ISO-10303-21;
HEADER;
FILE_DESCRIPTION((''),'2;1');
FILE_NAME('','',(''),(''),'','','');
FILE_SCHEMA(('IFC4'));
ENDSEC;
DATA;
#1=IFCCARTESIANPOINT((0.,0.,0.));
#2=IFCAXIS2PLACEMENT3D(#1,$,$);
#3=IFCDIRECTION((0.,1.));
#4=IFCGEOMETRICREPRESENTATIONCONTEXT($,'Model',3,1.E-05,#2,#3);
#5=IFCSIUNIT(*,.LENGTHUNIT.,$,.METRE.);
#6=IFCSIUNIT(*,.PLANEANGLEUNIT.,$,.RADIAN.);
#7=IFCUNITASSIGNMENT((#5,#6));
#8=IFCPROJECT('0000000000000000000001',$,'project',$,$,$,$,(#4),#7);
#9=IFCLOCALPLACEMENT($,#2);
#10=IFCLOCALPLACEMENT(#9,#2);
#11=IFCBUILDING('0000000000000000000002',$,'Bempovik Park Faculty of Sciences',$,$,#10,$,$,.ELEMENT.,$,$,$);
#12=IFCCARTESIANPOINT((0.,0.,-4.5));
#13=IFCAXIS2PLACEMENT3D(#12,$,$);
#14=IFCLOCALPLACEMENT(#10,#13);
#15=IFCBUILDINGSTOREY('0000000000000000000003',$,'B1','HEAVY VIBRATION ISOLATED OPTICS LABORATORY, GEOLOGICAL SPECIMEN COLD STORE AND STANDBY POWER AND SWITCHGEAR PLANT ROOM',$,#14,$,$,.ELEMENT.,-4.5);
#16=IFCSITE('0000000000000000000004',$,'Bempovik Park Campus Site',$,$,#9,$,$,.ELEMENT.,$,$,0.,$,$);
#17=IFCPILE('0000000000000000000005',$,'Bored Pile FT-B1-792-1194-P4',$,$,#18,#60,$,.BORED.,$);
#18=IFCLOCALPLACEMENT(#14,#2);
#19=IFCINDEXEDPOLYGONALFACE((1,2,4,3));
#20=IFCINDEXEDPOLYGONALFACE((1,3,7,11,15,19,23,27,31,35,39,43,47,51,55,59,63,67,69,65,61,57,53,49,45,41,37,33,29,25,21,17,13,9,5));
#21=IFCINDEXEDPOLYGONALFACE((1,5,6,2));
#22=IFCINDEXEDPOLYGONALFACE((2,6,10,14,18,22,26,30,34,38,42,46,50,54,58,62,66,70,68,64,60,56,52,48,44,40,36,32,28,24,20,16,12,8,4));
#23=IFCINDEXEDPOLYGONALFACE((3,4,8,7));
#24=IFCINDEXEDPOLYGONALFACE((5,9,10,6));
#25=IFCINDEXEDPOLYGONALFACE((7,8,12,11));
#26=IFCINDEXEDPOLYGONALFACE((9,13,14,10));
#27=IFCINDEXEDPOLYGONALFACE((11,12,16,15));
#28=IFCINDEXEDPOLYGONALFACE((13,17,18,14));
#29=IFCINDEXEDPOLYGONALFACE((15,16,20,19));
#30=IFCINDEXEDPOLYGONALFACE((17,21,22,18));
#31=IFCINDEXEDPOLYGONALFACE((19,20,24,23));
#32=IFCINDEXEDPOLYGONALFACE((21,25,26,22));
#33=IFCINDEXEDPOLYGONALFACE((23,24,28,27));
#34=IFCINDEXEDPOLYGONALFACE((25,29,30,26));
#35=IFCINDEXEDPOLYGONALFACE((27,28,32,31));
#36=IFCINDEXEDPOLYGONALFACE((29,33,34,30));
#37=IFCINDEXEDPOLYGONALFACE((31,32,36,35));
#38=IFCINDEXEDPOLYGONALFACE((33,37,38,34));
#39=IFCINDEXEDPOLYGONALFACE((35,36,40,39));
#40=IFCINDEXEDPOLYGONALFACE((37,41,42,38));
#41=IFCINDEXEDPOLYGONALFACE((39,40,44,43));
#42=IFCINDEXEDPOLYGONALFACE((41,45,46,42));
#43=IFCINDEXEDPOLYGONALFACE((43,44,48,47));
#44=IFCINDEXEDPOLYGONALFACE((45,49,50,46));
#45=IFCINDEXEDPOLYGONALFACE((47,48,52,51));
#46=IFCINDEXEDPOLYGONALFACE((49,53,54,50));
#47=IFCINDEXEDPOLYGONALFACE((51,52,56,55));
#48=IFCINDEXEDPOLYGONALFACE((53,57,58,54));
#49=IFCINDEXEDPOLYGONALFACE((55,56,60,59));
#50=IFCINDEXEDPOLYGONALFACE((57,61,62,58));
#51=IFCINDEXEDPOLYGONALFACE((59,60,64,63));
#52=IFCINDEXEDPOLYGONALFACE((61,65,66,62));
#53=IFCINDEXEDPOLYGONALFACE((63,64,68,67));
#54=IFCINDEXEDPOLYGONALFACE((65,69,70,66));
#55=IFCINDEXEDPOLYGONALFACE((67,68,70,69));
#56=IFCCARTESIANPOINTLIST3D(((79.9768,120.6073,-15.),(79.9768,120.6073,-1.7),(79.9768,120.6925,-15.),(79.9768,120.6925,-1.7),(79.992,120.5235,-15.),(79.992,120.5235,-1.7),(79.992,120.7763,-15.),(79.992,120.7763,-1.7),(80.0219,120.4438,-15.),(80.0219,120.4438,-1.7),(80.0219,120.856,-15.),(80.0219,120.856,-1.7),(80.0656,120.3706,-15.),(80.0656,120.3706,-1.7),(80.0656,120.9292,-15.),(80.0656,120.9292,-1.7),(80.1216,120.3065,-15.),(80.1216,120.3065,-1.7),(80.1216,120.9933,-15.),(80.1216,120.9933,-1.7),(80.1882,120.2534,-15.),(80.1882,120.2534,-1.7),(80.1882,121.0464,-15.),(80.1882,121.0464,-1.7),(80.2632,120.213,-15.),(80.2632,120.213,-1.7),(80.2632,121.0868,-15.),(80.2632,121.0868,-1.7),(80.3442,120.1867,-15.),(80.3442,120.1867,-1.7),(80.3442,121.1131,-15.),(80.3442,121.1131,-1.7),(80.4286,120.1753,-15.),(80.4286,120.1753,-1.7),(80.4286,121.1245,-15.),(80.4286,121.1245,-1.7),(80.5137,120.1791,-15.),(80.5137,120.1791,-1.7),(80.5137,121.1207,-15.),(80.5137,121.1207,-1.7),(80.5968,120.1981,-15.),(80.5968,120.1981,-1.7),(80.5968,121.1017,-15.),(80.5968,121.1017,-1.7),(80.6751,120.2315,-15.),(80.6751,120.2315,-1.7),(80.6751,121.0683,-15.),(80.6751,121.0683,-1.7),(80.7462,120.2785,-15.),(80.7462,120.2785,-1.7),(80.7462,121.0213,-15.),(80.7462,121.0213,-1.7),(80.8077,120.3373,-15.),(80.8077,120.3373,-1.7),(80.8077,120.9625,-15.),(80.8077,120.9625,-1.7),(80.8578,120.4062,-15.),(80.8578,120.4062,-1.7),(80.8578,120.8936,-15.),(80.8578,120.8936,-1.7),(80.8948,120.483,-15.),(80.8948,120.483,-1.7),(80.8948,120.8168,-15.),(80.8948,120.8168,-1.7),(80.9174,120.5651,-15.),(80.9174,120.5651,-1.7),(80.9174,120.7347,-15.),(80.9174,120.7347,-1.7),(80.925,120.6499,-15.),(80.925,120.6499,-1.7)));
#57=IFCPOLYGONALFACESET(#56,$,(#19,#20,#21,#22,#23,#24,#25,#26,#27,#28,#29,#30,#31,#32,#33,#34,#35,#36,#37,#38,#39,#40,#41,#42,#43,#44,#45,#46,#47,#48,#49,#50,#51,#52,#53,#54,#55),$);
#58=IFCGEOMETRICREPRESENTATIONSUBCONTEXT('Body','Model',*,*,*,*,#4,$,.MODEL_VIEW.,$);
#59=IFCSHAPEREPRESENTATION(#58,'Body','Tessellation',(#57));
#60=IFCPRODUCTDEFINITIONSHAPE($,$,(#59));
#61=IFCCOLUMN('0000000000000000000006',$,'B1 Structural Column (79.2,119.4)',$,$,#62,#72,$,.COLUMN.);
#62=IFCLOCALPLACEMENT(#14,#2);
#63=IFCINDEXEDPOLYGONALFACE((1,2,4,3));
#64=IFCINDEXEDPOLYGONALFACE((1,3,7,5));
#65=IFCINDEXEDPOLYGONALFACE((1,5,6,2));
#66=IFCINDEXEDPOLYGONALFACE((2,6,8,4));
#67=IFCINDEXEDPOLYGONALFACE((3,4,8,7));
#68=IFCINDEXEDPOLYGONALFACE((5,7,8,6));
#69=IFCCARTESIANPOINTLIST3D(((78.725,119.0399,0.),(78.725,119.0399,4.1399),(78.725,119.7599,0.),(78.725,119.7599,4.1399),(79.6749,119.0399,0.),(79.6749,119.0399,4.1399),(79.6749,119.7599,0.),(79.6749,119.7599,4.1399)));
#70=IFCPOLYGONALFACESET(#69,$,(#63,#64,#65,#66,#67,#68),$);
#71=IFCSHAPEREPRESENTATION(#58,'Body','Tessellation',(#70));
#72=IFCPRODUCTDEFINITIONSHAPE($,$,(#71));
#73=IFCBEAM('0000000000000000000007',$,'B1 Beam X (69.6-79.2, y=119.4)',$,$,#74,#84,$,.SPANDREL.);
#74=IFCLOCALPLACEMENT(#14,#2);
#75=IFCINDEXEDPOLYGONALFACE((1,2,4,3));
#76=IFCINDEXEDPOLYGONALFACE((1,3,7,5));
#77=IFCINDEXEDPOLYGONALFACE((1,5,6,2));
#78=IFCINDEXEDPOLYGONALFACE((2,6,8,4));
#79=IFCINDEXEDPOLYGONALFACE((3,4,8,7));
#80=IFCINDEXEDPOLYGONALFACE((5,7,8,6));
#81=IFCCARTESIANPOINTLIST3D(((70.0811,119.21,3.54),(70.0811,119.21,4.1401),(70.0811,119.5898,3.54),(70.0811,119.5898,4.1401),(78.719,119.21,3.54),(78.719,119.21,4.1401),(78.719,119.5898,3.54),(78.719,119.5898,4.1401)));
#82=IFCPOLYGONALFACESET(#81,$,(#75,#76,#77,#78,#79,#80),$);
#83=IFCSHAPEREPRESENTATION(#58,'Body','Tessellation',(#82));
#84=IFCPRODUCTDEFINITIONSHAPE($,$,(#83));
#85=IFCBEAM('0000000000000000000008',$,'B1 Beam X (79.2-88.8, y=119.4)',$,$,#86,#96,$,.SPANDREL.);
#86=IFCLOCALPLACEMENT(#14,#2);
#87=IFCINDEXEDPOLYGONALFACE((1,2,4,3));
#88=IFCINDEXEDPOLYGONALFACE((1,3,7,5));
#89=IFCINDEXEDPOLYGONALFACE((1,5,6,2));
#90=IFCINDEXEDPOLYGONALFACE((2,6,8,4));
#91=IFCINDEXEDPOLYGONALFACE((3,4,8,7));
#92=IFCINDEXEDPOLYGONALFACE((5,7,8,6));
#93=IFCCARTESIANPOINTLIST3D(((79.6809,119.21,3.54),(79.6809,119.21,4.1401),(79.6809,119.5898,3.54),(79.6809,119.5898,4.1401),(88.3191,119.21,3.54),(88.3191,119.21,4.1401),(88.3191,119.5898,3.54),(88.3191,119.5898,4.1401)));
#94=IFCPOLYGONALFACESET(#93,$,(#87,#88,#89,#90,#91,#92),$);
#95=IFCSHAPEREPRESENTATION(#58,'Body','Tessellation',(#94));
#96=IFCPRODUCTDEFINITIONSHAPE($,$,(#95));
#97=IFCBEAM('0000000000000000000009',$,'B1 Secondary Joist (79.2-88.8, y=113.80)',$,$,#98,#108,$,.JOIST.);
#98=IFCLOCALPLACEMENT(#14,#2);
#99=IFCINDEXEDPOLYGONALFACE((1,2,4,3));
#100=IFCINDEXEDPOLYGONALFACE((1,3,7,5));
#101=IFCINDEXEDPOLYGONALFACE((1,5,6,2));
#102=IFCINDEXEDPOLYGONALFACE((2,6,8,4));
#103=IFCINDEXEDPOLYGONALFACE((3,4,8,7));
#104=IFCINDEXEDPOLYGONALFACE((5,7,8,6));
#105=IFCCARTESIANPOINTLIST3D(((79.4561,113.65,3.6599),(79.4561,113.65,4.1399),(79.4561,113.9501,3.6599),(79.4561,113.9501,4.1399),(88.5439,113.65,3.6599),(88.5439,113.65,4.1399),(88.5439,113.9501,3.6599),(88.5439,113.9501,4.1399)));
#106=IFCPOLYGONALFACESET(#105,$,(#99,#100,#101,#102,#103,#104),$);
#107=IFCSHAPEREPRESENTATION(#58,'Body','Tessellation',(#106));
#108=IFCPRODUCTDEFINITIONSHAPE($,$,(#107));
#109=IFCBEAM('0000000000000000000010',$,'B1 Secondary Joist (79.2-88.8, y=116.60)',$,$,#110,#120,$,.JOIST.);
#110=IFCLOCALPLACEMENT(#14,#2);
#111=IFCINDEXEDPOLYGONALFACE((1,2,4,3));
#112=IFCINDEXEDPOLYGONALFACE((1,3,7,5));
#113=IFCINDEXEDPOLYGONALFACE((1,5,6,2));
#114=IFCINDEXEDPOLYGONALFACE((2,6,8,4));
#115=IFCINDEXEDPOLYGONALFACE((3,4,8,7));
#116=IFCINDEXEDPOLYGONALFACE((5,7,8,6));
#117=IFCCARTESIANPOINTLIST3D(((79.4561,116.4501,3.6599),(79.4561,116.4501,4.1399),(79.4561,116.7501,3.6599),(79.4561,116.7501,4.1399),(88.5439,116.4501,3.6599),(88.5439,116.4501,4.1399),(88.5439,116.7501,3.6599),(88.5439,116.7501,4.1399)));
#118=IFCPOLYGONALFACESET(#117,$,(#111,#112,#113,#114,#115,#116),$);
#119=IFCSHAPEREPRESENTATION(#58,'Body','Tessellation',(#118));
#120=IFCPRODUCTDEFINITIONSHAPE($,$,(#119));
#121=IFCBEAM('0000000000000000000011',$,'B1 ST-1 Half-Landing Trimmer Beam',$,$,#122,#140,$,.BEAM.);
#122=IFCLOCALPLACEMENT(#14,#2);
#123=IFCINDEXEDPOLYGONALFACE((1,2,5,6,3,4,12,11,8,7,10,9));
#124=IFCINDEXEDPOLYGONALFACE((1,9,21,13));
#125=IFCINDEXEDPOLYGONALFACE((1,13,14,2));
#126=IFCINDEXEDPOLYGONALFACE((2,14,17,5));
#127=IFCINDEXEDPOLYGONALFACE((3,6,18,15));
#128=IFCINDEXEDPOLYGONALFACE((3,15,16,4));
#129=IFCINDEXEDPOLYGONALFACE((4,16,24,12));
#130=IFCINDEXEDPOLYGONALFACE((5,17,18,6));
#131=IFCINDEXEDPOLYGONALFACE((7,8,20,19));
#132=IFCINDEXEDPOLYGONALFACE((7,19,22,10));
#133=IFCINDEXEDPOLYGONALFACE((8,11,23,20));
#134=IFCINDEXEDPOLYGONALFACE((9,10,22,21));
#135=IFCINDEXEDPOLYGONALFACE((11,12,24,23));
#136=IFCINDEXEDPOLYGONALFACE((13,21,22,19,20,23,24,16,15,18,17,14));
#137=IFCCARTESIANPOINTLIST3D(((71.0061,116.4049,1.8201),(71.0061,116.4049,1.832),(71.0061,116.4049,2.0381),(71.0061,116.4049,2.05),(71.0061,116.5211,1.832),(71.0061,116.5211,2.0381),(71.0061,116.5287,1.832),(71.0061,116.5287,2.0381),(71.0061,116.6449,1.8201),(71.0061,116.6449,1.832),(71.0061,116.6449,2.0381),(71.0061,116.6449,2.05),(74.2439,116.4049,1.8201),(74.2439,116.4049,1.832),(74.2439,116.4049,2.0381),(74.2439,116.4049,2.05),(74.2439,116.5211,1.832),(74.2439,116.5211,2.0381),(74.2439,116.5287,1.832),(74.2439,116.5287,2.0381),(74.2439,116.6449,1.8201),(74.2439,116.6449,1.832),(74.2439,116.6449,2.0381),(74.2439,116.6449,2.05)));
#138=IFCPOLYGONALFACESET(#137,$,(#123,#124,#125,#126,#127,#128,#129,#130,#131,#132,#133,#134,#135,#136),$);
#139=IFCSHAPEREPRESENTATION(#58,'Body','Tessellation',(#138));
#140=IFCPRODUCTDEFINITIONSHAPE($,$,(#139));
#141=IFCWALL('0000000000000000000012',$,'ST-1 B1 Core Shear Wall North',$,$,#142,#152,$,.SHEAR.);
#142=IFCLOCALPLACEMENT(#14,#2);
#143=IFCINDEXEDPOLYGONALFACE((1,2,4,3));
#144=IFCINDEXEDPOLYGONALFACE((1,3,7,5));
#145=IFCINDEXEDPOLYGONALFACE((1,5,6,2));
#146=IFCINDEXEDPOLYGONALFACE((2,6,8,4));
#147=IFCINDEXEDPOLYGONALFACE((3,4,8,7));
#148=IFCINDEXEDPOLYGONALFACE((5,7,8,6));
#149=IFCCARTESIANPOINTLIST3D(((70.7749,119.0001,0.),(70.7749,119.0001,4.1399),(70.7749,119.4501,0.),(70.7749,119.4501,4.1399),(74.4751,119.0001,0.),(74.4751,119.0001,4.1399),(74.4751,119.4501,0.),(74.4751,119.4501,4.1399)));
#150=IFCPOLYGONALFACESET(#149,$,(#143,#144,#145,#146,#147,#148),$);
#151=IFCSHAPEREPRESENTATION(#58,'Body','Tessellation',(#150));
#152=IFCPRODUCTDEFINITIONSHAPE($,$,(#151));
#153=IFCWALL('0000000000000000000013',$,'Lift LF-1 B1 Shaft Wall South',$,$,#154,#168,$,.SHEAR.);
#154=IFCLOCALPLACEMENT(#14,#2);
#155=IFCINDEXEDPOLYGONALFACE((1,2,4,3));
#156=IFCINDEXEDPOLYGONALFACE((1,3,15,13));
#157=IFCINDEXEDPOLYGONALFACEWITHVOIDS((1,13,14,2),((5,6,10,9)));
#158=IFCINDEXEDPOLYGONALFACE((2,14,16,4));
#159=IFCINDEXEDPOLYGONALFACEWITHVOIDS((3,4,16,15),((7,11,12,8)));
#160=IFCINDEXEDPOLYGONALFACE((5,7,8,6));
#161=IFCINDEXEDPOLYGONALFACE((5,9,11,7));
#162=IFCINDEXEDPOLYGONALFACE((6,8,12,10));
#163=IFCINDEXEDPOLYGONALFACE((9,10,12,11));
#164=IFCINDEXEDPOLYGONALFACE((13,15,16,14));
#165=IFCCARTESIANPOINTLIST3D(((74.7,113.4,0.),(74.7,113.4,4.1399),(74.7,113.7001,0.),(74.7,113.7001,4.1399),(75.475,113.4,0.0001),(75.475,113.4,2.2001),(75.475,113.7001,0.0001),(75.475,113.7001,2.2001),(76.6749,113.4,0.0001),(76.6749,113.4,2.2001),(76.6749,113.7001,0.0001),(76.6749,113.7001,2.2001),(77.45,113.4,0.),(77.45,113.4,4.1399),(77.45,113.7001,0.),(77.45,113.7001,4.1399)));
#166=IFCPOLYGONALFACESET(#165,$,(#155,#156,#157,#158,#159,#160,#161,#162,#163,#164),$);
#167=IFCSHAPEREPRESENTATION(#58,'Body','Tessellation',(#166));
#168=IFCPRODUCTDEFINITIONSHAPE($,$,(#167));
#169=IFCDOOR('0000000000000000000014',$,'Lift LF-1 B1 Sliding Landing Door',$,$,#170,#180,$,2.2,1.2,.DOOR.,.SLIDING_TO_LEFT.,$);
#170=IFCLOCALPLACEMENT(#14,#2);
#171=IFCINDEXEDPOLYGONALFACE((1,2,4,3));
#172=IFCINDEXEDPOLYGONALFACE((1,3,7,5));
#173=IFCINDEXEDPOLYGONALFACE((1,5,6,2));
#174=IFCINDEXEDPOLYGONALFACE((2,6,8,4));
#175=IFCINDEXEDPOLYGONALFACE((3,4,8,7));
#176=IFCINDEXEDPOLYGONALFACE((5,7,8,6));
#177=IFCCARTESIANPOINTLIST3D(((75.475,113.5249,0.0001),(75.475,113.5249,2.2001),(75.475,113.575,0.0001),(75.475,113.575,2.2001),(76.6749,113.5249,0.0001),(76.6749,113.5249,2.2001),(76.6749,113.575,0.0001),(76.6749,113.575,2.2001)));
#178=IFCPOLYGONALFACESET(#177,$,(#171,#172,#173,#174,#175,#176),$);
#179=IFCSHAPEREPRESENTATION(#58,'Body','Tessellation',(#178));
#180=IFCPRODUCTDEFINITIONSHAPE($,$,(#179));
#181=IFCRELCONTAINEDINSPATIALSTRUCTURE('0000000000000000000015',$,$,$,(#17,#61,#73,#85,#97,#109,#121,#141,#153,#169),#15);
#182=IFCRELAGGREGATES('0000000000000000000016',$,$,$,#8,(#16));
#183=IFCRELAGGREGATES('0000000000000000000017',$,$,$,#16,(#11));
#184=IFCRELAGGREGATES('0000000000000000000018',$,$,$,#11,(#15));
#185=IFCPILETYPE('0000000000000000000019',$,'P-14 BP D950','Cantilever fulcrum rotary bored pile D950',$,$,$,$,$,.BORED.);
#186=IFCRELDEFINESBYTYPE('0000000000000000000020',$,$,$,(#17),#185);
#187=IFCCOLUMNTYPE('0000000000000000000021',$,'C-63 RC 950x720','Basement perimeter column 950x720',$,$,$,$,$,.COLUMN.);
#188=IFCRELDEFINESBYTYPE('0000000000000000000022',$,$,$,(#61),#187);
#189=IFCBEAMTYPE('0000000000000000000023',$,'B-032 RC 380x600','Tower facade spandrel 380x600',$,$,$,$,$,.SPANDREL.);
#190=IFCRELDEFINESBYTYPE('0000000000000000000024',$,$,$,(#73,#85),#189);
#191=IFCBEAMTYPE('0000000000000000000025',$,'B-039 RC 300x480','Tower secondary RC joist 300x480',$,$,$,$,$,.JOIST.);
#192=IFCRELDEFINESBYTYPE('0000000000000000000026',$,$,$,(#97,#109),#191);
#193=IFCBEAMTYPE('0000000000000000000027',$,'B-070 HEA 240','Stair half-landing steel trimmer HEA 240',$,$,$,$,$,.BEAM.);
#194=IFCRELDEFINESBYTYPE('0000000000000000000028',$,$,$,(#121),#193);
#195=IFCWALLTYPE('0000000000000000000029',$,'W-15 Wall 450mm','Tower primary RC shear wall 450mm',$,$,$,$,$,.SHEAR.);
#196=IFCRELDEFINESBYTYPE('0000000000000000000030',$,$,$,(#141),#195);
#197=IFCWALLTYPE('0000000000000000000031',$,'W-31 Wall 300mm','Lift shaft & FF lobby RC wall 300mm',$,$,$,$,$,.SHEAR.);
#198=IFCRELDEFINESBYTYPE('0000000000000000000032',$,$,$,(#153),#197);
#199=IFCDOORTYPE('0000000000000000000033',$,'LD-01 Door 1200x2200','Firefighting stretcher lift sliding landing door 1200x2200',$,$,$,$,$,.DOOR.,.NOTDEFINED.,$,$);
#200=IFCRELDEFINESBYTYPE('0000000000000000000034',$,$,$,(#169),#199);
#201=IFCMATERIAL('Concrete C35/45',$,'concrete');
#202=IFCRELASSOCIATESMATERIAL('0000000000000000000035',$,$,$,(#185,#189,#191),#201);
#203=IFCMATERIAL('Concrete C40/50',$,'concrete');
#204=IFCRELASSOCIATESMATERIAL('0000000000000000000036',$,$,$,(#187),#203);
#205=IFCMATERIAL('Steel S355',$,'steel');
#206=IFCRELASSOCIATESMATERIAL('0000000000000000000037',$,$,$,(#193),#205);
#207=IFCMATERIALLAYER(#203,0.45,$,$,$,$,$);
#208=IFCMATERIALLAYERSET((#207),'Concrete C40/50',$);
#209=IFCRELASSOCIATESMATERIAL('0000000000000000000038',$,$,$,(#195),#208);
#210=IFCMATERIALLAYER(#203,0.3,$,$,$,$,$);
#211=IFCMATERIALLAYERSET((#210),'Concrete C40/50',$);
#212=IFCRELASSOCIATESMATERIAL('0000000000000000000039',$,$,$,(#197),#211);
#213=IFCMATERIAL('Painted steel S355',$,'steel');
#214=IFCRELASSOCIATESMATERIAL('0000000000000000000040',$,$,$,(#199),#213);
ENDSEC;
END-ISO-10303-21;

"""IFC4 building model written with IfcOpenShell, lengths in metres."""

from ifc_helpers import new_model, si_unit, direction, frame, frame_2d, origin, origin_2d, place, context, subcontext, project, spatial, rectangle, circle, i_section, extrude, material, layer, layer_set, material_profile, profile_set, type_object, element, fill, save


model = new_model("IFC4")

# Units and contexts
model_context = context("Model", 3, precision=1e-05, world=origin(), true_north=direction((0.0, 1.0)))
body_context = subcontext(model_context, "Body", "Model", "MODEL_VIEW")
ifc_project = project(units=[si_unit("LENGTHUNIT", "METRE"), si_unit("PLANEANGLEUNIT", "RADIAN")], contexts=[model_context])

# Site, building, storey
site_placement = place(None, origin())
site = spatial("IfcSite", under=ifc_project, at=site_placement, Name="Bempovik Park Campus Site", CompositionType="ELEMENT", RefElevation=0.0)
building_placement = place(site_placement, origin())
building = spatial("IfcBuilding", under=site, at=building_placement, Name="Bempovik Park Faculty of Sciences", CompositionType="ELEMENT")
storey_placement = place(building_placement, frame((0.0, 0.0, -4.5)))
storey = spatial("IfcBuildingStorey", under=building, at=storey_placement, Name="B1", Description="HEAVY VIBRATION ISOLATED OPTICS LABORATORY, GEOLOGICAL SPECIMEN COLD STORE AND STANDBY POWER AND SWITCHGEAR PLANT ROOM", CompositionType="ELEMENT", Elevation=-4.5)

# Shared definitions
ifc_material_1 = material(Name="Concrete C35/45", Category="concrete")

# Pile
ifc_material_profile_1 = material_profile(ifc_material_1, circle(Radius=0.4751, at=origin_2d()), Name="BP D950")
ifc_profile_set_1 = profile_set([ifc_material_profile_1], Name="Concrete C35/45")
pile_type_1 = type_object("IfcPileType", Name="P-14 BP D950", Description="Cantilever fulcrum rotary bored pile D950", PredefinedType="BORED", material=ifc_profile_set_1)
for number, where, z_axis, x_axis, name in (
    (1, (80.45, 120.6499, -1.7), (0.0, 0.0, -1.0), (1.0, 0.0, 0.0), "Bored Pile FT-B1-792-1194-P4"),
):
    element("IfcPile", number, at=place(storey_placement, frame(where, z_axis=z_axis, x_axis=x_axis)), inside=storey, type_object=pile_type_1, Name=name, PredefinedType="BORED", context=body_context, shape_type="SweptSolid", body=[
        extrude(circle(Radius=0.4751, at=origin_2d()), origin(), (0.0, 0.0, 1.0), 13.3),
    ])

# Column
ifc_material_2 = material(Name="Concrete C40/50", Category="concrete")
ifc_material_profile_2 = material_profile(ifc_material_2, rectangle(XDim=0.95, YDim=0.72, at=origin_2d()), Name="RC 950x720")
ifc_profile_set_2 = profile_set([ifc_material_profile_2], Name="Concrete C40/50")
column_type = type_object("IfcColumnType", Name="C-63 RC 950x720", Description="Basement perimeter column 950x720", PredefinedType="COLUMN", material=ifc_profile_set_2)
column_placement = place(storey_placement, frame((79.2, 119.3999, 0.0), z_axis=(0.0, 0.0, 1.0), x_axis=(1.0, 0.0, 0.0)))
element("IfcColumn", 2, at=column_placement, inside=storey, type_object=column_type, Name="B1 Structural Column (79.2,119.4)", PredefinedType="COLUMN", context=body_context, shape_type="SweptSolid", body=[
    extrude(rectangle(XDim=0.95, YDim=0.72, at=origin_2d()), origin(), (0.0, 0.0, 1.0), 4.1399),
])

# Beams
ifc_material_profile_3 = material_profile(ifc_material_1, rectangle(XDim=0.3799, YDim=0.6001, at=origin_2d()), Name="RC 380x600")
ifc_profile_set_3 = profile_set([ifc_material_profile_3], Name="Concrete C35/45")
beam_type_1 = type_object("IfcBeamType", Name="B-032 RC 380x600", Description="Tower facade spandrel 380x600", PredefinedType="SPANDREL", material=ifc_profile_set_3)
beam_1_placement = place(storey_placement, frame((70.0811, 119.3999, 3.8401), z_axis=(1.0, 0.0, 0.0), x_axis=(0.0, 1.0, 0.0)))
element("IfcBeam", 3, at=beam_1_placement, inside=storey, type_object=beam_type_1, Name="B1 Beam X (69.6-79.2, y=119.4)", PredefinedType="SPANDREL", context=body_context, shape_type="SweptSolid", body=[
    extrude(rectangle(XDim=0.3799, YDim=0.6001, at=origin_2d()), origin(), (0.0, 0.0, 1.0), 8.6379),
])
beam_2_placement = place(storey_placement, frame((79.6809, 119.3999, 3.8401), z_axis=(1.0, 0.0, 0.0), x_axis=(0.0, 1.0, 0.0)))
element("IfcBeam", 4, at=beam_2_placement, inside=storey, type_object=beam_type_1, Name="B1 Beam X (79.2-88.8, y=119.4)", PredefinedType="SPANDREL", context=body_context, shape_type="SweptSolid", body=[
    extrude(rectangle(XDim=0.3799, YDim=0.6001, at=origin_2d()), origin(), (0.0, 0.0, 1.0), 8.6382),
])
ifc_material_profile_4 = material_profile(ifc_material_1, rectangle(XDim=0.3, YDim=0.48, at=origin_2d()), Name="RC 300x480")
ifc_profile_set_4 = profile_set([ifc_material_profile_4], Name="Concrete C35/45")
beam_type_2 = type_object("IfcBeamType", Name="B-039 RC 300x480", Description="Tower secondary RC joist 300x480", PredefinedType="JOIST", material=ifc_profile_set_4)
for number, where, z_axis, x_axis, name in (
    (5, (79.4561, 113.8, 3.8999), (1.0, 0.0, 0.0), (0.0, 1.0, 0.0), "B1 Secondary Joist (79.2-88.8, y=113.80)"),
    (6, (79.4561, 116.6001, 3.8999), (1.0, 0.0, 0.0), (0.0, 1.0, 0.0), "B1 Secondary Joist (79.2-88.8, y=116.60)"),
):
    element("IfcBeam", number, at=place(storey_placement, frame(where, z_axis=z_axis, x_axis=x_axis)), inside=storey, type_object=beam_type_2, Name=name, PredefinedType="JOIST", context=body_context, shape_type="SweptSolid", body=[
        extrude(rectangle(XDim=0.3, YDim=0.48, at=origin_2d()), origin(), (0.0, 0.0, 1.0), 9.0879),
    ])
ifc_material_3 = material(Name="Steel S355", Category="steel")
ifc_material_profile_5 = material_profile(ifc_material_3, i_section(OverallWidth=0.24, OverallDepth=0.23, WebThickness=0.0076, FlangeThickness=0.012, at=origin_2d()), Name="HEA 240")
ifc_profile_set_5 = profile_set([ifc_material_profile_5], Name="Steel S355")
beam_type_3 = type_object("IfcBeamType", Name="B-070 HEA 240", Description="Stair half-landing steel trimmer HEA 240", PredefinedType="BEAM", material=ifc_profile_set_5)
beam_3_placement = place(storey_placement, frame((71.0061, 116.5249, 1.9351), z_axis=(1.0, 0.0, 0.0), x_axis=(0.0, 1.0, 0.0)))
element("IfcBeam", 7, at=beam_3_placement, inside=storey, type_object=beam_type_3, Name="B1 ST-1 Half-Landing Trimmer Beam", PredefinedType="BEAM", context=body_context, shape_type="SweptSolid", body=[
    extrude(i_section(OverallWidth=0.24, OverallDepth=0.23, WebThickness=0.0076, FlangeThickness=0.012, at=origin_2d()), origin(), (0.0, 0.0, 1.0), 3.2378),
])

# Wall
ifc_layer_1 = layer(ifc_material_2, 0.45)
ifc_layer_set_1 = layer_set([ifc_layer_1], Name="Concrete C40/50")
wall_type_1 = type_object("IfcWallType", Name="W-15 Wall 450mm", Description="Tower primary RC shear wall 450mm", PredefinedType="SHEAR", material=ifc_layer_set_1)
wall_1_placement = place(storey_placement, frame((70.7749, 119.2251, 0.0), z_axis=(0.0, 0.0, 1.0), x_axis=(1.0, 0.0, 0.0)))
element("IfcWall", 8, at=wall_1_placement, inside=storey, type_object=wall_type_1, Name="ST-1 B1 Core Shear Wall North", PredefinedType="SHEAR", context=body_context, shape_type="SweptSolid", body=[
    extrude(rectangle(XDim=3.7002, YDim=0.45, at=frame_2d((1.8501, 0.0))), origin(), (0.0, 0.0, 1.0), 4.1399),
])

# Wall, opening, door
ifc_layer_2 = layer(ifc_material_2, 0.3)
ifc_layer_set_2 = layer_set([ifc_layer_2], Name="Concrete C40/50")
wall_type_2 = type_object("IfcWallType", Name="W-31 Wall 300mm", Description="Lift shaft & FF lobby RC wall 300mm", PredefinedType="SHEAR", material=ifc_layer_set_2)
wall_2_placement = place(storey_placement, frame((74.7, 113.55, 0.0), z_axis=(0.0, 0.0, 1.0), x_axis=(1.0, 0.0, 0.0)))
wall_2 = element("IfcWall", 9, at=wall_2_placement, inside=storey, type_object=wall_type_2, Name="Lift LF-1 B1 Shaft Wall South", PredefinedType="SHEAR", context=body_context, shape_type="SweptSolid", body=[
    extrude(rectangle(XDim=2.75, YDim=0.3, at=frame_2d((1.375, 0.0))), origin(), (0.0, 0.0, 1.0), 4.1399),
])
opening_placement = place(wall_2_placement, frame((0.7749, 0.0, 0.0)))
opening = element("IfcOpeningElement", 10, at=opening_placement, cuts=wall_2, PredefinedType="OPENING", context=body_context, shape_type="SweptSolid", body=[
    extrude(rectangle(XDim=1.2, YDim=2.2, at=frame_2d((0.6001, 1.1001))), frame((0.0, 0.1602, 0.0), z_axis=(0.0, -1.0, 0.0), x_axis=(1.0, 0.0, 0.0)), (0.0, 0.0, 1.0), 0.3201),
])
ifc_material_4 = material(Name="Painted steel S355", Category="steel")
door_type = type_object("IfcDoorType", Name="LD-01 Door 1200x2200", Description="Firefighting stretcher lift sliding landing door 1200x2200", OperationType="NOTDEFINED", PredefinedType="DOOR", material=ifc_material_4)
door_placement = place(opening_placement, origin())
door = element("IfcDoor", 11, at=door_placement, inside=storey, type_object=door_type, Name="Lift LF-1 B1 Sliding Landing Door", OperationType="SLIDING_TO_LEFT", OverallHeight=2.2, OverallWidth=1.2, PredefinedType="DOOR", context=body_context, shape_type="SweptSolid", body=[
    extrude(rectangle(XDim=1.2, YDim=2.2, at=frame_2d((0.6001, 1.1001))), frame((0.0, 0.0249, 0.0), z_axis=(0.0, -1.0, 0.0), x_axis=(1.0, 0.0, 0.0)), (0.0, 0.0, 1.0), 0.05),
])
fill(opening, door)

save(model, "model.ifc")
